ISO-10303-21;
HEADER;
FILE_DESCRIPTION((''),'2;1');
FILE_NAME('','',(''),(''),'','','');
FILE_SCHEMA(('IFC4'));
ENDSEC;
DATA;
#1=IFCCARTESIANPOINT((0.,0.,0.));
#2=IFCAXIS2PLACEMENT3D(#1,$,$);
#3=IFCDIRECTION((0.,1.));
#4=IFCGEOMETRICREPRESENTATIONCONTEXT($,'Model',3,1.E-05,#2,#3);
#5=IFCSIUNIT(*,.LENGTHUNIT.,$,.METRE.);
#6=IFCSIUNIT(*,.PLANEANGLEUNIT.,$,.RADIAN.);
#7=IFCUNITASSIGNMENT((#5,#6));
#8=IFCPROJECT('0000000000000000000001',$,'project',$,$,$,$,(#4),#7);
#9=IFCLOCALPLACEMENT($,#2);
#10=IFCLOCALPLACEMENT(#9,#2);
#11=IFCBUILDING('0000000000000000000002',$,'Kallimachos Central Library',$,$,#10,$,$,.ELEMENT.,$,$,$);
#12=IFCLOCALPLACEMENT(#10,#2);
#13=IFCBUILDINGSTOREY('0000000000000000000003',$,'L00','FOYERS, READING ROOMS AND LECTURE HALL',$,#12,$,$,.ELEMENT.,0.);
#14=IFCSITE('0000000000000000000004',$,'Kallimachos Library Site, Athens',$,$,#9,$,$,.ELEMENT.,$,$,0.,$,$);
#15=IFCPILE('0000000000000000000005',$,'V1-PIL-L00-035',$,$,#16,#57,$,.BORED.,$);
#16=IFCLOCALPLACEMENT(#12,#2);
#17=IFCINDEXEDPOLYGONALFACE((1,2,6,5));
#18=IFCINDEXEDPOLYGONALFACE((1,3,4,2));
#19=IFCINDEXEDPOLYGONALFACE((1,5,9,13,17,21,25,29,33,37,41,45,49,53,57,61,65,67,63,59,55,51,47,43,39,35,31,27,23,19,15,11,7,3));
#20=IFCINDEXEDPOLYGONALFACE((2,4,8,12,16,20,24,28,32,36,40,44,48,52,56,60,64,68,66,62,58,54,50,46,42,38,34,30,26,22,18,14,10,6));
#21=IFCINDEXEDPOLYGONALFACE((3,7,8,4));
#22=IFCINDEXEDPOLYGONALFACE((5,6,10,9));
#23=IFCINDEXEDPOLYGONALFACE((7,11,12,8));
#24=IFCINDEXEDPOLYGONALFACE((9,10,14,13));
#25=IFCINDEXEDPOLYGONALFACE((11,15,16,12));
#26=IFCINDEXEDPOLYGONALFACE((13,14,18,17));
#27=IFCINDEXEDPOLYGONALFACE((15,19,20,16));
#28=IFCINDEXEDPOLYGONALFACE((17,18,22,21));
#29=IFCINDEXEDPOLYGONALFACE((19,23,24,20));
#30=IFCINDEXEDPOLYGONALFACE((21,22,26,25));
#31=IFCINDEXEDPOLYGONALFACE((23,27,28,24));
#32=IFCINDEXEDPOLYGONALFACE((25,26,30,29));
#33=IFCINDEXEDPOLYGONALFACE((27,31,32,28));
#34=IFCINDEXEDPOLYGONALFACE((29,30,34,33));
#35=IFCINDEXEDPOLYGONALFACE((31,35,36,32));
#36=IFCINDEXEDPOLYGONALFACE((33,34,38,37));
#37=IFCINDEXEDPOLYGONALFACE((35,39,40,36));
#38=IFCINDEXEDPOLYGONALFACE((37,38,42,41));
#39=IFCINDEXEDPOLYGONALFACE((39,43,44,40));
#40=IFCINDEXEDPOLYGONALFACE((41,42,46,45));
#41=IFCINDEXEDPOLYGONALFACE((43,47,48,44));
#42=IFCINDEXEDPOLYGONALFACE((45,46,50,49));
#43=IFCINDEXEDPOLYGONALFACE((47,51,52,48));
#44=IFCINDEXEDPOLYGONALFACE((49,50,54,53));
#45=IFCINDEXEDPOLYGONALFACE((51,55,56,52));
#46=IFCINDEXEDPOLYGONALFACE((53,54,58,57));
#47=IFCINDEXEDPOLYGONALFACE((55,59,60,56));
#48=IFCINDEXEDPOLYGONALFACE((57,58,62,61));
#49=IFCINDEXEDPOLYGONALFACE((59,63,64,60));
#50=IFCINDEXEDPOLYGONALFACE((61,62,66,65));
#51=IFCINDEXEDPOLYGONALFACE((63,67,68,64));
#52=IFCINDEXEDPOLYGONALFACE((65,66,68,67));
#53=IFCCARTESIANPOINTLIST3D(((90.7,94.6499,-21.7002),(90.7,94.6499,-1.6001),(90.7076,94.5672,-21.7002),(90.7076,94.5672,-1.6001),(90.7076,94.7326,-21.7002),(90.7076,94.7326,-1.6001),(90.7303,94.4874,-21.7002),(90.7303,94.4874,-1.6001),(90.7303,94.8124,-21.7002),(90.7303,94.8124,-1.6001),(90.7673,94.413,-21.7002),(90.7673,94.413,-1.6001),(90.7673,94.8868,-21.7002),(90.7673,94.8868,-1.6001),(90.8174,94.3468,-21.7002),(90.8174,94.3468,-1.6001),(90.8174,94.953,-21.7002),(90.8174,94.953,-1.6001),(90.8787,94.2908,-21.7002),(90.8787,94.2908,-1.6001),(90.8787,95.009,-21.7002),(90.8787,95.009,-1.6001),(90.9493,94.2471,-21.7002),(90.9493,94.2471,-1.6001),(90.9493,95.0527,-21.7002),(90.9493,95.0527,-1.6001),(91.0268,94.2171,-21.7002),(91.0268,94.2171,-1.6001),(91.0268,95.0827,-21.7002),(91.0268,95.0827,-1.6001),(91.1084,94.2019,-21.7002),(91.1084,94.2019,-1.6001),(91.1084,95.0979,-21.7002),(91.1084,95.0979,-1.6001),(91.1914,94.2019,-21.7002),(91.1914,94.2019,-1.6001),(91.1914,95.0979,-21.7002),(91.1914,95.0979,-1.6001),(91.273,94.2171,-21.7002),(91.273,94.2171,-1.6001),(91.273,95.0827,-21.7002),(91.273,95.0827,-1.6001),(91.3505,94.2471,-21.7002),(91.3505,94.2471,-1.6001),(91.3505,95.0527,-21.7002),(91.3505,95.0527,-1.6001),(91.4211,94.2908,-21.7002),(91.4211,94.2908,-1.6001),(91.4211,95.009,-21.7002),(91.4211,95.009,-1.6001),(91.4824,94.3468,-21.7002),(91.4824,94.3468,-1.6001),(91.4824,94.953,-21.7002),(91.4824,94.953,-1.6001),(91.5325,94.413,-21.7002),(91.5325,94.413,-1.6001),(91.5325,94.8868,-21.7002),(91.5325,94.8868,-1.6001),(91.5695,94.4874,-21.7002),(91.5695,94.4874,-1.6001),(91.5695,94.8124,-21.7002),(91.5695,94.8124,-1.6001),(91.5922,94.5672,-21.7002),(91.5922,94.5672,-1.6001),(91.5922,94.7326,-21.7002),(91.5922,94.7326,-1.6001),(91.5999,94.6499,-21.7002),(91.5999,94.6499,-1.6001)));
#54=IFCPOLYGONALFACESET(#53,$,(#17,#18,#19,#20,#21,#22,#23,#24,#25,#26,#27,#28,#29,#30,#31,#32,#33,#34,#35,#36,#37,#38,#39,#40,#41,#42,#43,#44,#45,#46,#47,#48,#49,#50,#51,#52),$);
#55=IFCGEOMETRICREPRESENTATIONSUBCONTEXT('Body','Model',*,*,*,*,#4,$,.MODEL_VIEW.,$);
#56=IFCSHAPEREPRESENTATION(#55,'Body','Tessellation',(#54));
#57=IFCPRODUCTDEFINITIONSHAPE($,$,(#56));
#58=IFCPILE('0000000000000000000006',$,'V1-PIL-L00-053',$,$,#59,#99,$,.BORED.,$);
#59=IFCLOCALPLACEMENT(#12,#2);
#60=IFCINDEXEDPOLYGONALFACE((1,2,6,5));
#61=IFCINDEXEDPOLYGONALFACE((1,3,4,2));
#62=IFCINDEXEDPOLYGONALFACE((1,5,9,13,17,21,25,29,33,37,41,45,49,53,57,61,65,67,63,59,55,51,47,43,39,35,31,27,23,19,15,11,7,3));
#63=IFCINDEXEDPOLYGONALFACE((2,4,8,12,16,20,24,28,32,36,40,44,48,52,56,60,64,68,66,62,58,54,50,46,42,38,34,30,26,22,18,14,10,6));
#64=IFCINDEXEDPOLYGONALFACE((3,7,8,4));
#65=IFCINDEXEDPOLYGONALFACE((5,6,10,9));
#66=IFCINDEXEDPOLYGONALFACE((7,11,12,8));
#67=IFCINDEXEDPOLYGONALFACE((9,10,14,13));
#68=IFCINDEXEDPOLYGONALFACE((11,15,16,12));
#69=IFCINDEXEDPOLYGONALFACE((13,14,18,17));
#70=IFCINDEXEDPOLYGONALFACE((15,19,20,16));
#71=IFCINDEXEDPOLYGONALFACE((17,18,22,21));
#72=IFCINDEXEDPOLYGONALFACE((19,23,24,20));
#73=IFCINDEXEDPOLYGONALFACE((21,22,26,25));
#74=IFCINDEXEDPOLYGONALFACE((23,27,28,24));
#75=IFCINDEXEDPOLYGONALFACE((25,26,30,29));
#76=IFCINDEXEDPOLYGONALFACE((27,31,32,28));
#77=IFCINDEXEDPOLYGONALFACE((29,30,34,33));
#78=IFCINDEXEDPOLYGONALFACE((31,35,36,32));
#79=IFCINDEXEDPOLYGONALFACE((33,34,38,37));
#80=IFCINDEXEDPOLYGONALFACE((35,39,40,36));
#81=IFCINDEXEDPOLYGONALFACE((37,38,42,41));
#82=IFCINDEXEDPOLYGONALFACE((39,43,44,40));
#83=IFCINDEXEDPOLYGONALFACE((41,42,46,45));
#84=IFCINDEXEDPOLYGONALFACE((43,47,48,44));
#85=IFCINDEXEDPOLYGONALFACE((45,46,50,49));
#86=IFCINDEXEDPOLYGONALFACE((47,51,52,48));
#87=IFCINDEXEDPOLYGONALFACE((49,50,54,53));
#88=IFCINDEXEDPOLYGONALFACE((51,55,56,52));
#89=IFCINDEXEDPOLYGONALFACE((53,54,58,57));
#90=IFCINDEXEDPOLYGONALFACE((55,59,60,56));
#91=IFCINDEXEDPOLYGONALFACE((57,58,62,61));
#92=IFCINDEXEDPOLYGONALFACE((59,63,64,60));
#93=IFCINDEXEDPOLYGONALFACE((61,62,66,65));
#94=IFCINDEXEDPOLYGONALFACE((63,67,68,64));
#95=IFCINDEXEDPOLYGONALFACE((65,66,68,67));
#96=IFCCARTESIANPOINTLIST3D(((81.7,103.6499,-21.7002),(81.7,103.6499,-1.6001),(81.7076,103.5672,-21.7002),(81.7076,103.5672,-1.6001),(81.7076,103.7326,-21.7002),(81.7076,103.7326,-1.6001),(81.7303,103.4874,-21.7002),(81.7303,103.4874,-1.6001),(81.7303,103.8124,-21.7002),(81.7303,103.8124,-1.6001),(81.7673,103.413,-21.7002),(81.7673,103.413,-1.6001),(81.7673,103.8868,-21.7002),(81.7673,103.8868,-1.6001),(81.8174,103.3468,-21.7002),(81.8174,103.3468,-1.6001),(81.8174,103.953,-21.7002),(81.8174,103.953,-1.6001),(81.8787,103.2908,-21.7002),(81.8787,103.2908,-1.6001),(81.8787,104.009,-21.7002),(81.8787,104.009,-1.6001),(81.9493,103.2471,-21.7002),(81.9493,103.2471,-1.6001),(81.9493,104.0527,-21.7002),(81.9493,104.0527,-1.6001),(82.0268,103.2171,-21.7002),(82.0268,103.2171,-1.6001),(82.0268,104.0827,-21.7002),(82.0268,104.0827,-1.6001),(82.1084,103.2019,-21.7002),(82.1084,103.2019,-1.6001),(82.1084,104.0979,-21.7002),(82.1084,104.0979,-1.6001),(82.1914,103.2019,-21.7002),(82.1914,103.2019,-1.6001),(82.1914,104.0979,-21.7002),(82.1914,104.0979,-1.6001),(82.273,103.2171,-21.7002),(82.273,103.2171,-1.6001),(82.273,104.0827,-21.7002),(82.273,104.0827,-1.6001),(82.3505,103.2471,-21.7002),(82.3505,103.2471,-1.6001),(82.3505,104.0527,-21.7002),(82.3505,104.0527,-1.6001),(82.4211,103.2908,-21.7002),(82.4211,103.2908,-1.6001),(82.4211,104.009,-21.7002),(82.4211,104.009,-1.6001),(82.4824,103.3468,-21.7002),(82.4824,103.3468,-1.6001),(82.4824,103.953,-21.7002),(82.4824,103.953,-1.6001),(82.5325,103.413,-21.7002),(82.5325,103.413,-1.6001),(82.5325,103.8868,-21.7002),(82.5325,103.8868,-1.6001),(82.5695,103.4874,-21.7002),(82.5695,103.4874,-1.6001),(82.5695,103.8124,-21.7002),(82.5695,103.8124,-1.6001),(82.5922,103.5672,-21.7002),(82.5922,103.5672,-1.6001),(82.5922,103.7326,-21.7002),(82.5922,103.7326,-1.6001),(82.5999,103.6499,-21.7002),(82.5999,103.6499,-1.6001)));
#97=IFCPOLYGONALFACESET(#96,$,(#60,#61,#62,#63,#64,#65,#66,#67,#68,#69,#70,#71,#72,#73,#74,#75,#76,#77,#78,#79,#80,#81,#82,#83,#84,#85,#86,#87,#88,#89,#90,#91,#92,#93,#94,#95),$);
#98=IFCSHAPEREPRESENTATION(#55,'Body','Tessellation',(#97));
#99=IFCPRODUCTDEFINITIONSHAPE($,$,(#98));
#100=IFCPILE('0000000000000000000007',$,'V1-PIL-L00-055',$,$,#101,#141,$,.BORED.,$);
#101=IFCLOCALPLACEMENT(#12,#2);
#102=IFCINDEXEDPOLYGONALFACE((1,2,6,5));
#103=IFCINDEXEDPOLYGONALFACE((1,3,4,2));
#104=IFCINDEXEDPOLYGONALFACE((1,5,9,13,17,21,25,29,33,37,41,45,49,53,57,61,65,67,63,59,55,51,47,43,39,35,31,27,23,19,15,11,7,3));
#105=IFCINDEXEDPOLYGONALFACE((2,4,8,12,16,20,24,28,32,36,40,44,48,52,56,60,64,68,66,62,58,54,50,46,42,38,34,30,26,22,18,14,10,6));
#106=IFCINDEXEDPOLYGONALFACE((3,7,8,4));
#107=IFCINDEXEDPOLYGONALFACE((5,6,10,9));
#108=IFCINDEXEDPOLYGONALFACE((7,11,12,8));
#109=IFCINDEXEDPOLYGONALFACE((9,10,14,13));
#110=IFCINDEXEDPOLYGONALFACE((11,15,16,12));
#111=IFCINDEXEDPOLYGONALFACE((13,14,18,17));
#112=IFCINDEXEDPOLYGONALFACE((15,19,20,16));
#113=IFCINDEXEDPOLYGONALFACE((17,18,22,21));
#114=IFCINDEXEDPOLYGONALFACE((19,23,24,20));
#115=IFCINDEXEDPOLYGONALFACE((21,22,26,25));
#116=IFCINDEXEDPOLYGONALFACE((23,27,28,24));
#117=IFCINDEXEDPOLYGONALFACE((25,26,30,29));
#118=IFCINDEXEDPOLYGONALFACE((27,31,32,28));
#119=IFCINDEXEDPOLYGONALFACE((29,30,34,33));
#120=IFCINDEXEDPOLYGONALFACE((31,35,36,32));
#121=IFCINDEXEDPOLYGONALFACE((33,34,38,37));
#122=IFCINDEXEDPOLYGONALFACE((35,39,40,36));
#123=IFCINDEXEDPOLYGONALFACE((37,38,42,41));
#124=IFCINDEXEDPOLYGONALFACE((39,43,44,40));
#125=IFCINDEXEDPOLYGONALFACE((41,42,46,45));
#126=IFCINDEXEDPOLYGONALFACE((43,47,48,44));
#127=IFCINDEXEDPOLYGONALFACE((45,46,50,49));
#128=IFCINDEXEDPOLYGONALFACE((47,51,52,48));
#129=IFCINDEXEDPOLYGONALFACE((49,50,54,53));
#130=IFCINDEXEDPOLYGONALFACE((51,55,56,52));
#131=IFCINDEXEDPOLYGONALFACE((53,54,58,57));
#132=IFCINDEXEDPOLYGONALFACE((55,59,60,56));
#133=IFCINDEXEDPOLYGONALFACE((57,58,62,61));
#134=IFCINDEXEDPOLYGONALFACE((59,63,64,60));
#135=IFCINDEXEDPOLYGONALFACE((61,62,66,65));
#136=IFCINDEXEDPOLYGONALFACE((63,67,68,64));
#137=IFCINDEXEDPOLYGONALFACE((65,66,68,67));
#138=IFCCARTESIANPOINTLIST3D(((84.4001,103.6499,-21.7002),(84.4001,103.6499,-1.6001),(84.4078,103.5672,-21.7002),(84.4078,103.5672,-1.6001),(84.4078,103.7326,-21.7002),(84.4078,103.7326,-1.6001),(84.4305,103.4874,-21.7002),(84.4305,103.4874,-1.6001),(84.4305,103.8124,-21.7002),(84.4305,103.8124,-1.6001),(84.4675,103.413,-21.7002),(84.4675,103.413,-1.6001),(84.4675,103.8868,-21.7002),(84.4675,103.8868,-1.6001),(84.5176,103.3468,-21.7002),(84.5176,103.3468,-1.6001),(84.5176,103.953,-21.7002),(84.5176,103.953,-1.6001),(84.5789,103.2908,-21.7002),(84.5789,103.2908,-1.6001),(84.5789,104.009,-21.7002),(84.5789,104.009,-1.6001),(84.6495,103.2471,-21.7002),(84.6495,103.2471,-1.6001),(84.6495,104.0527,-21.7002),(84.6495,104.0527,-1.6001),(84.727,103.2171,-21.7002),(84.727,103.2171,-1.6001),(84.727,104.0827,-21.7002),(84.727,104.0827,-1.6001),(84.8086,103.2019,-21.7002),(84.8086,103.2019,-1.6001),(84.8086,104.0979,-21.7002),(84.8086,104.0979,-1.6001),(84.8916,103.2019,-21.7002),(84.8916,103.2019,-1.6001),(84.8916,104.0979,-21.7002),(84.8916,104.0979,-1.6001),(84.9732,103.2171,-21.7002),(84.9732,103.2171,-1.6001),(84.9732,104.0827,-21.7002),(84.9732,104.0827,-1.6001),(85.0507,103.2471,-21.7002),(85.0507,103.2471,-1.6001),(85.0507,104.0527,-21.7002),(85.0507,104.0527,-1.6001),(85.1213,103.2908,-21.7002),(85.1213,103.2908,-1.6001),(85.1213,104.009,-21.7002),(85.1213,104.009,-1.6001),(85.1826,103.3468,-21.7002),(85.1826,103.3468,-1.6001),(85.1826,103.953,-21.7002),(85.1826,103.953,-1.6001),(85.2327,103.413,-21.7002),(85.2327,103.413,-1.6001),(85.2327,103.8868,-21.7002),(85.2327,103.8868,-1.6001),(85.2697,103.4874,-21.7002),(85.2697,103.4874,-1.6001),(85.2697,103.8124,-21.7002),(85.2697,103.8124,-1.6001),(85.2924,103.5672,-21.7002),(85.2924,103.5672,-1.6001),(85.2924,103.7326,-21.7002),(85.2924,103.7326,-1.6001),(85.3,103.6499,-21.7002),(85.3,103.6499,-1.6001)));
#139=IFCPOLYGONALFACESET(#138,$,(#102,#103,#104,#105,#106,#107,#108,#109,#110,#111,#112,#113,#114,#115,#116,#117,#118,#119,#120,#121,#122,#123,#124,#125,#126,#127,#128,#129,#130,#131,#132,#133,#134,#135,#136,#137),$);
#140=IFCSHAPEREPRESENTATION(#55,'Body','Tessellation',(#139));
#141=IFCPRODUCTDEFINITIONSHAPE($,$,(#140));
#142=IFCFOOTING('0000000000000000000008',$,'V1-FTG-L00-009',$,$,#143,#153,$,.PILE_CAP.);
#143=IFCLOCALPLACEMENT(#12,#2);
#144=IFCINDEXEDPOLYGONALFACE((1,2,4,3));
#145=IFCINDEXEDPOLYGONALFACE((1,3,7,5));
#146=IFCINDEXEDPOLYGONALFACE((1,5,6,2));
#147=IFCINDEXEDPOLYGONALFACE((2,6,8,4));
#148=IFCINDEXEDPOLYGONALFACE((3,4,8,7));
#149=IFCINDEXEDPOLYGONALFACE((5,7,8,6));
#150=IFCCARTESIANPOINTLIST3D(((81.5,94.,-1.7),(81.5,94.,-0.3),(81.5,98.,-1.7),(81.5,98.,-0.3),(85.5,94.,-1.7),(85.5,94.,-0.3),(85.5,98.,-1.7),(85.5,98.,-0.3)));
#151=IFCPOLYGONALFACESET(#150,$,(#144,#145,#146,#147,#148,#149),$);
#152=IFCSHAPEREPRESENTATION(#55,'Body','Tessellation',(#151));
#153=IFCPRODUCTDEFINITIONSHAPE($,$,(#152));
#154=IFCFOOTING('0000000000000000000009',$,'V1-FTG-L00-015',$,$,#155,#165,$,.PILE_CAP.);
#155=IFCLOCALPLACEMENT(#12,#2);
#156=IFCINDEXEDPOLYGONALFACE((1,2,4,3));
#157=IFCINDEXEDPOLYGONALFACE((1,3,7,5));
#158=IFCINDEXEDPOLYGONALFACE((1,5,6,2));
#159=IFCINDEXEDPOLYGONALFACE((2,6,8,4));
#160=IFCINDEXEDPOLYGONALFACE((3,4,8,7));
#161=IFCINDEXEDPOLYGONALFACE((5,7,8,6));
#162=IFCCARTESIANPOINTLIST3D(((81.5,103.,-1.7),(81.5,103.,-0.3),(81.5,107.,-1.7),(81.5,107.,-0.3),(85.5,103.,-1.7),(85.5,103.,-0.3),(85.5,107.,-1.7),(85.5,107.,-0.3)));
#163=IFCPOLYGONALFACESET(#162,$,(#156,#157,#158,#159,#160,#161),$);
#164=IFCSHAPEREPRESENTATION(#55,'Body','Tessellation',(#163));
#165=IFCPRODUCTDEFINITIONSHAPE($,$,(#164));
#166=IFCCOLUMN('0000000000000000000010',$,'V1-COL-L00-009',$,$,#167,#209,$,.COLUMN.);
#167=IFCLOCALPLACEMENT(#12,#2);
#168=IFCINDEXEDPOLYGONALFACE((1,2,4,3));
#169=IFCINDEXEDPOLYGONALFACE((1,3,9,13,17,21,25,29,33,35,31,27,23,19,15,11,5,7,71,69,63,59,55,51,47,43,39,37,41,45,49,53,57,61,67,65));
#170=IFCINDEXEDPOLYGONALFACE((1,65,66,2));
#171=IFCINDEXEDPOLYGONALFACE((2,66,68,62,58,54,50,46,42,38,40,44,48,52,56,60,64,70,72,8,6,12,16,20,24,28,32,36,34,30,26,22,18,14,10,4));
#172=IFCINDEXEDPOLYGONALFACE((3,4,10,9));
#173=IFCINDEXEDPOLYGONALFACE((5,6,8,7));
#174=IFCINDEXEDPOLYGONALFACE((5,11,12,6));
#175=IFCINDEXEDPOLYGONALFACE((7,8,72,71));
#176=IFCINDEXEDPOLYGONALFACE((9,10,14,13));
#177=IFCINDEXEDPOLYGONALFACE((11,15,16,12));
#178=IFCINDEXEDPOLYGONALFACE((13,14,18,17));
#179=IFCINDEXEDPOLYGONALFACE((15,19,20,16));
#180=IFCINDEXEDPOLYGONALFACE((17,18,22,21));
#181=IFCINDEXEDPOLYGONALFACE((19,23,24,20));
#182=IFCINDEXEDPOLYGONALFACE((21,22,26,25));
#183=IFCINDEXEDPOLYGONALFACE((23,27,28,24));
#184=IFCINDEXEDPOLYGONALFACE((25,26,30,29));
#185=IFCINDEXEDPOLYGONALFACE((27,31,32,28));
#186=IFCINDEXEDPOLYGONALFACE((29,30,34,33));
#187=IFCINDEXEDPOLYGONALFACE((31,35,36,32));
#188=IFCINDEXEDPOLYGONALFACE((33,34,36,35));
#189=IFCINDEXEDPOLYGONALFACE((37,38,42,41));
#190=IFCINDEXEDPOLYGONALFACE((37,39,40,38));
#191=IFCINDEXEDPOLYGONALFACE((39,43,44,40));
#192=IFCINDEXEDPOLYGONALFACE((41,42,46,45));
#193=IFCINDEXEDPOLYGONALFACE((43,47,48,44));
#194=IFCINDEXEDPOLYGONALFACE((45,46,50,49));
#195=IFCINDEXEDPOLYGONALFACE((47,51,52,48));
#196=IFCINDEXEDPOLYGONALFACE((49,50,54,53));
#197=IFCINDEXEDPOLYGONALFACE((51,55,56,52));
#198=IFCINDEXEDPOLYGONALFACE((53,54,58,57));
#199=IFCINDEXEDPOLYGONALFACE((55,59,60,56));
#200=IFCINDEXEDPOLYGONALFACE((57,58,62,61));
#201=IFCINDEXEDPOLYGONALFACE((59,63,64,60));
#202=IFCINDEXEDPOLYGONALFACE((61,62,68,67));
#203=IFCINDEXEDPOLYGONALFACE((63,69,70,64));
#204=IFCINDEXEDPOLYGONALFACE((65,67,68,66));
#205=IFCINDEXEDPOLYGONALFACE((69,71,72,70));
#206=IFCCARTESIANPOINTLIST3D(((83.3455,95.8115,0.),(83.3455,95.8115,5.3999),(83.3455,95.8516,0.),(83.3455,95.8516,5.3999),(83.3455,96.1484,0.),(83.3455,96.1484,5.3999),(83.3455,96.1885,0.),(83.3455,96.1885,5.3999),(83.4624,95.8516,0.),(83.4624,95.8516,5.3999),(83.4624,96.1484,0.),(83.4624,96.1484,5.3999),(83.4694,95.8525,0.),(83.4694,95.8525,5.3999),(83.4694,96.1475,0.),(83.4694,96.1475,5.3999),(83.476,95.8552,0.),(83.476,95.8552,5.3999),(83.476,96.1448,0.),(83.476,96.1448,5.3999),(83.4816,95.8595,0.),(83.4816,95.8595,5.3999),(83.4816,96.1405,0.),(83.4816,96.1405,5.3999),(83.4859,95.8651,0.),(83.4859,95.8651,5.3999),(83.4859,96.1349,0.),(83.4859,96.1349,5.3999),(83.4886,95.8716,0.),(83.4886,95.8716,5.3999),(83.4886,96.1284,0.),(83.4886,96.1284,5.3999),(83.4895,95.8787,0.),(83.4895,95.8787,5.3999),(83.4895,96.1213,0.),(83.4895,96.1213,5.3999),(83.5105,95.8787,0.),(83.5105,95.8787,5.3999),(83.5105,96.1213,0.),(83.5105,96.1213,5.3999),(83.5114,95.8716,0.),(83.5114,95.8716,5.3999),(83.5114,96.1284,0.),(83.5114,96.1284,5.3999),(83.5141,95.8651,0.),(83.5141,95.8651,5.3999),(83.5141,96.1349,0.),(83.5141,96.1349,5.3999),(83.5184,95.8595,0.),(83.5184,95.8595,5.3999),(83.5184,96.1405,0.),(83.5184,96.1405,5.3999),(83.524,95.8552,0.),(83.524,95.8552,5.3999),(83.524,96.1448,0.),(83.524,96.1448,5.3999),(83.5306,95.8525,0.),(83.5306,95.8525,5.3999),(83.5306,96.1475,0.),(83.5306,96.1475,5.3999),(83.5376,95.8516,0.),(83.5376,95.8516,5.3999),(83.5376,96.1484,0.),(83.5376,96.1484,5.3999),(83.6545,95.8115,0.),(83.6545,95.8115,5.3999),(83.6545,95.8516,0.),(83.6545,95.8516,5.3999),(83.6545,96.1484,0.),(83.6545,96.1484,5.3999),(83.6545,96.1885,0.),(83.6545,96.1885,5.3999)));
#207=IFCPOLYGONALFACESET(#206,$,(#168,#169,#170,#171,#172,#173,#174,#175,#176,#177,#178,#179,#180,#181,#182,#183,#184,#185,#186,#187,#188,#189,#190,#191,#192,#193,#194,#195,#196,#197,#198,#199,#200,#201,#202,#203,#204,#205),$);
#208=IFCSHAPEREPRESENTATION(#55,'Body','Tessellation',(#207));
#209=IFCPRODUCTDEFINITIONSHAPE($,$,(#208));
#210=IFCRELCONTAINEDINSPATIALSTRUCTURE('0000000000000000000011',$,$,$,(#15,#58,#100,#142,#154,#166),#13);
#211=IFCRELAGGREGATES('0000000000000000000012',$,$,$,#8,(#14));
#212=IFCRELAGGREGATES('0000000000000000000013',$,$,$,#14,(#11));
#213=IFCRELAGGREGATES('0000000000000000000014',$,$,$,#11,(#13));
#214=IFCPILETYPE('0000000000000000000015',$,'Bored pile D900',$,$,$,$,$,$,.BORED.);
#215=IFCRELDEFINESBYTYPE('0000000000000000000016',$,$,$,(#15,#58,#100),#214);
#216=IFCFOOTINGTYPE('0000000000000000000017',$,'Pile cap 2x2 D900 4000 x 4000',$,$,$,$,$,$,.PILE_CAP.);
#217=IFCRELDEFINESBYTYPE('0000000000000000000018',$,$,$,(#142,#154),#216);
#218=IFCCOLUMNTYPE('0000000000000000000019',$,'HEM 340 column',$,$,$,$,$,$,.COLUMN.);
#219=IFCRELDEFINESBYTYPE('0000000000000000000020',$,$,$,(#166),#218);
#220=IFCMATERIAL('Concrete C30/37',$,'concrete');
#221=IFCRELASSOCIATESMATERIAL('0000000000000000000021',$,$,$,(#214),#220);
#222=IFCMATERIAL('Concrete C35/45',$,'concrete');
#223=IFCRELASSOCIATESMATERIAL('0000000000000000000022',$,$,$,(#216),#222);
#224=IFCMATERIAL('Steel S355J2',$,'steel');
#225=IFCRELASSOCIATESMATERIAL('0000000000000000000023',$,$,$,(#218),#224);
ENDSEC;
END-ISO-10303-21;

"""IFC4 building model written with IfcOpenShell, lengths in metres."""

from ifc_helpers import new_model, si_unit, direction, frame, origin, origin_2d, place, context, subcontext, project, spatial, rectangle, circle, i_section, extrude, material, material_profile, profile_set, type_object, element, save


model = new_model("IFC4")

# Units and contexts
model_context = context("Model", 3, precision=1e-05, world=origin(), true_north=direction((0.0, 1.0)))
body_context = subcontext(model_context, "Body", "Model", "MODEL_VIEW")
ifc_project = project(units=[si_unit("LENGTHUNIT", "METRE"), si_unit("PLANEANGLEUNIT", "RADIAN")], contexts=[model_context])

# Site, building, storey
site_placement = place(None, origin())
site = spatial("IfcSite", under=ifc_project, at=site_placement, Name="Kallimachos Library Site, Athens", CompositionType="ELEMENT", RefElevation=0.0)
building_placement = place(site_placement, origin())
building = spatial("IfcBuilding", under=site, at=building_placement, Name="Kallimachos Central Library", CompositionType="ELEMENT")
storey_placement = place(building_placement, origin())
storey = spatial("IfcBuildingStorey", under=building, at=storey_placement, Name="L00", Description="FOYERS, READING ROOMS AND LECTURE HALL", CompositionType="ELEMENT", Elevation=0.0)

# Piles
ifc_material_1 = material(Name="Concrete C30/37", Category="concrete")
pile_type = type_object("IfcPileType", Name="Bored pile D900", PredefinedType="BORED", material=ifc_material_1)
for number, where, z_axis, x_axis, name in (
    (1, (91.1499, 94.6499, -1.6001), (0.0, 0.0, -1.0), (1.0, 0.0, 0.0), "V1-PIL-L00-035"),
    (2, (82.1499, 103.6499, -1.6001), (0.0, 0.0, -1.0), (1.0, 0.0, 0.0), "V1-PIL-L00-053"),
    (3, (84.8501, 103.6499, -1.6001), (0.0, 0.0, -1.0), (1.0, 0.0, 0.0), "V1-PIL-L00-055"),
):
    element("IfcPile", number, at=place(storey_placement, frame(where, z_axis=z_axis, x_axis=x_axis)), inside=storey, type_object=pile_type, Name=name, PredefinedType="BORED", context=body_context, shape_type="SweptSolid", body=[
        extrude(circle(Radius=0.45, at=origin_2d()), origin(), (0.0, 0.0, 1.0), 20.1001),
    ])

# Footings
ifc_material_2 = material(Name="Concrete C35/45", Category="concrete")
footing_type = type_object("IfcFootingType", Name="Pile cap 2x2 D900 4000 x 4000", PredefinedType="PILE_CAP", material=ifc_material_2)
for number, where, z_axis, x_axis, name in (
    (4, (83.5, 96.0, -1.7), (0.0, 0.0, 1.0), (1.0, 0.0, 0.0), "V1-FTG-L00-009"),
    (5, (83.5, 105.0, -1.7), (0.0, 0.0, 1.0), (1.0, 0.0, 0.0), "V1-FTG-L00-015"),
):
    element("IfcFooting", number, at=place(storey_placement, frame(where, z_axis=z_axis, x_axis=x_axis)), inside=storey, type_object=footing_type, Name=name, PredefinedType="PILE_CAP", context=body_context, shape_type="SweptSolid", body=[
        extrude(rectangle(XDim=4.0, YDim=4.0, at=origin_2d()), origin(), (0.0, 0.0, 1.0), 1.3999),
    ])

# Column
ifc_material_3 = material(Name="Steel S355J2", Category="steel")
ifc_material_profile_1 = material_profile(ifc_material_3, i_section(OverallWidth=0.3091, OverallDepth=0.377, WebThickness=0.021, FlangeThickness=0.04, FilletRadius=0.0271, at=origin_2d()), Name="HEM 340")
ifc_profile_set_1 = profile_set([ifc_material_profile_1], Name="Steel S355J2")
column_type = type_object("IfcColumnType", Name="HEM 340 column", PredefinedType="COLUMN", material=ifc_profile_set_1)
column_placement = place(storey_placement, frame((83.5, 96.0, 0.0), z_axis=(0.0, 0.0, 1.0), x_axis=(1.0, 0.0, 0.0)))
element("IfcColumn", 6, at=column_placement, inside=storey, type_object=column_type, Name="V1-COL-L00-009", PredefinedType="COLUMN", context=body_context, shape_type="SweptSolid", body=[
    extrude(i_section(OverallWidth=0.3091, OverallDepth=0.377, WebThickness=0.021, FlangeThickness=0.04, FilletRadius=0.0271, at=origin_2d()), origin(), (0.0, 0.0, 1.0), 5.3999),
])

save(model, "model.ifc")
